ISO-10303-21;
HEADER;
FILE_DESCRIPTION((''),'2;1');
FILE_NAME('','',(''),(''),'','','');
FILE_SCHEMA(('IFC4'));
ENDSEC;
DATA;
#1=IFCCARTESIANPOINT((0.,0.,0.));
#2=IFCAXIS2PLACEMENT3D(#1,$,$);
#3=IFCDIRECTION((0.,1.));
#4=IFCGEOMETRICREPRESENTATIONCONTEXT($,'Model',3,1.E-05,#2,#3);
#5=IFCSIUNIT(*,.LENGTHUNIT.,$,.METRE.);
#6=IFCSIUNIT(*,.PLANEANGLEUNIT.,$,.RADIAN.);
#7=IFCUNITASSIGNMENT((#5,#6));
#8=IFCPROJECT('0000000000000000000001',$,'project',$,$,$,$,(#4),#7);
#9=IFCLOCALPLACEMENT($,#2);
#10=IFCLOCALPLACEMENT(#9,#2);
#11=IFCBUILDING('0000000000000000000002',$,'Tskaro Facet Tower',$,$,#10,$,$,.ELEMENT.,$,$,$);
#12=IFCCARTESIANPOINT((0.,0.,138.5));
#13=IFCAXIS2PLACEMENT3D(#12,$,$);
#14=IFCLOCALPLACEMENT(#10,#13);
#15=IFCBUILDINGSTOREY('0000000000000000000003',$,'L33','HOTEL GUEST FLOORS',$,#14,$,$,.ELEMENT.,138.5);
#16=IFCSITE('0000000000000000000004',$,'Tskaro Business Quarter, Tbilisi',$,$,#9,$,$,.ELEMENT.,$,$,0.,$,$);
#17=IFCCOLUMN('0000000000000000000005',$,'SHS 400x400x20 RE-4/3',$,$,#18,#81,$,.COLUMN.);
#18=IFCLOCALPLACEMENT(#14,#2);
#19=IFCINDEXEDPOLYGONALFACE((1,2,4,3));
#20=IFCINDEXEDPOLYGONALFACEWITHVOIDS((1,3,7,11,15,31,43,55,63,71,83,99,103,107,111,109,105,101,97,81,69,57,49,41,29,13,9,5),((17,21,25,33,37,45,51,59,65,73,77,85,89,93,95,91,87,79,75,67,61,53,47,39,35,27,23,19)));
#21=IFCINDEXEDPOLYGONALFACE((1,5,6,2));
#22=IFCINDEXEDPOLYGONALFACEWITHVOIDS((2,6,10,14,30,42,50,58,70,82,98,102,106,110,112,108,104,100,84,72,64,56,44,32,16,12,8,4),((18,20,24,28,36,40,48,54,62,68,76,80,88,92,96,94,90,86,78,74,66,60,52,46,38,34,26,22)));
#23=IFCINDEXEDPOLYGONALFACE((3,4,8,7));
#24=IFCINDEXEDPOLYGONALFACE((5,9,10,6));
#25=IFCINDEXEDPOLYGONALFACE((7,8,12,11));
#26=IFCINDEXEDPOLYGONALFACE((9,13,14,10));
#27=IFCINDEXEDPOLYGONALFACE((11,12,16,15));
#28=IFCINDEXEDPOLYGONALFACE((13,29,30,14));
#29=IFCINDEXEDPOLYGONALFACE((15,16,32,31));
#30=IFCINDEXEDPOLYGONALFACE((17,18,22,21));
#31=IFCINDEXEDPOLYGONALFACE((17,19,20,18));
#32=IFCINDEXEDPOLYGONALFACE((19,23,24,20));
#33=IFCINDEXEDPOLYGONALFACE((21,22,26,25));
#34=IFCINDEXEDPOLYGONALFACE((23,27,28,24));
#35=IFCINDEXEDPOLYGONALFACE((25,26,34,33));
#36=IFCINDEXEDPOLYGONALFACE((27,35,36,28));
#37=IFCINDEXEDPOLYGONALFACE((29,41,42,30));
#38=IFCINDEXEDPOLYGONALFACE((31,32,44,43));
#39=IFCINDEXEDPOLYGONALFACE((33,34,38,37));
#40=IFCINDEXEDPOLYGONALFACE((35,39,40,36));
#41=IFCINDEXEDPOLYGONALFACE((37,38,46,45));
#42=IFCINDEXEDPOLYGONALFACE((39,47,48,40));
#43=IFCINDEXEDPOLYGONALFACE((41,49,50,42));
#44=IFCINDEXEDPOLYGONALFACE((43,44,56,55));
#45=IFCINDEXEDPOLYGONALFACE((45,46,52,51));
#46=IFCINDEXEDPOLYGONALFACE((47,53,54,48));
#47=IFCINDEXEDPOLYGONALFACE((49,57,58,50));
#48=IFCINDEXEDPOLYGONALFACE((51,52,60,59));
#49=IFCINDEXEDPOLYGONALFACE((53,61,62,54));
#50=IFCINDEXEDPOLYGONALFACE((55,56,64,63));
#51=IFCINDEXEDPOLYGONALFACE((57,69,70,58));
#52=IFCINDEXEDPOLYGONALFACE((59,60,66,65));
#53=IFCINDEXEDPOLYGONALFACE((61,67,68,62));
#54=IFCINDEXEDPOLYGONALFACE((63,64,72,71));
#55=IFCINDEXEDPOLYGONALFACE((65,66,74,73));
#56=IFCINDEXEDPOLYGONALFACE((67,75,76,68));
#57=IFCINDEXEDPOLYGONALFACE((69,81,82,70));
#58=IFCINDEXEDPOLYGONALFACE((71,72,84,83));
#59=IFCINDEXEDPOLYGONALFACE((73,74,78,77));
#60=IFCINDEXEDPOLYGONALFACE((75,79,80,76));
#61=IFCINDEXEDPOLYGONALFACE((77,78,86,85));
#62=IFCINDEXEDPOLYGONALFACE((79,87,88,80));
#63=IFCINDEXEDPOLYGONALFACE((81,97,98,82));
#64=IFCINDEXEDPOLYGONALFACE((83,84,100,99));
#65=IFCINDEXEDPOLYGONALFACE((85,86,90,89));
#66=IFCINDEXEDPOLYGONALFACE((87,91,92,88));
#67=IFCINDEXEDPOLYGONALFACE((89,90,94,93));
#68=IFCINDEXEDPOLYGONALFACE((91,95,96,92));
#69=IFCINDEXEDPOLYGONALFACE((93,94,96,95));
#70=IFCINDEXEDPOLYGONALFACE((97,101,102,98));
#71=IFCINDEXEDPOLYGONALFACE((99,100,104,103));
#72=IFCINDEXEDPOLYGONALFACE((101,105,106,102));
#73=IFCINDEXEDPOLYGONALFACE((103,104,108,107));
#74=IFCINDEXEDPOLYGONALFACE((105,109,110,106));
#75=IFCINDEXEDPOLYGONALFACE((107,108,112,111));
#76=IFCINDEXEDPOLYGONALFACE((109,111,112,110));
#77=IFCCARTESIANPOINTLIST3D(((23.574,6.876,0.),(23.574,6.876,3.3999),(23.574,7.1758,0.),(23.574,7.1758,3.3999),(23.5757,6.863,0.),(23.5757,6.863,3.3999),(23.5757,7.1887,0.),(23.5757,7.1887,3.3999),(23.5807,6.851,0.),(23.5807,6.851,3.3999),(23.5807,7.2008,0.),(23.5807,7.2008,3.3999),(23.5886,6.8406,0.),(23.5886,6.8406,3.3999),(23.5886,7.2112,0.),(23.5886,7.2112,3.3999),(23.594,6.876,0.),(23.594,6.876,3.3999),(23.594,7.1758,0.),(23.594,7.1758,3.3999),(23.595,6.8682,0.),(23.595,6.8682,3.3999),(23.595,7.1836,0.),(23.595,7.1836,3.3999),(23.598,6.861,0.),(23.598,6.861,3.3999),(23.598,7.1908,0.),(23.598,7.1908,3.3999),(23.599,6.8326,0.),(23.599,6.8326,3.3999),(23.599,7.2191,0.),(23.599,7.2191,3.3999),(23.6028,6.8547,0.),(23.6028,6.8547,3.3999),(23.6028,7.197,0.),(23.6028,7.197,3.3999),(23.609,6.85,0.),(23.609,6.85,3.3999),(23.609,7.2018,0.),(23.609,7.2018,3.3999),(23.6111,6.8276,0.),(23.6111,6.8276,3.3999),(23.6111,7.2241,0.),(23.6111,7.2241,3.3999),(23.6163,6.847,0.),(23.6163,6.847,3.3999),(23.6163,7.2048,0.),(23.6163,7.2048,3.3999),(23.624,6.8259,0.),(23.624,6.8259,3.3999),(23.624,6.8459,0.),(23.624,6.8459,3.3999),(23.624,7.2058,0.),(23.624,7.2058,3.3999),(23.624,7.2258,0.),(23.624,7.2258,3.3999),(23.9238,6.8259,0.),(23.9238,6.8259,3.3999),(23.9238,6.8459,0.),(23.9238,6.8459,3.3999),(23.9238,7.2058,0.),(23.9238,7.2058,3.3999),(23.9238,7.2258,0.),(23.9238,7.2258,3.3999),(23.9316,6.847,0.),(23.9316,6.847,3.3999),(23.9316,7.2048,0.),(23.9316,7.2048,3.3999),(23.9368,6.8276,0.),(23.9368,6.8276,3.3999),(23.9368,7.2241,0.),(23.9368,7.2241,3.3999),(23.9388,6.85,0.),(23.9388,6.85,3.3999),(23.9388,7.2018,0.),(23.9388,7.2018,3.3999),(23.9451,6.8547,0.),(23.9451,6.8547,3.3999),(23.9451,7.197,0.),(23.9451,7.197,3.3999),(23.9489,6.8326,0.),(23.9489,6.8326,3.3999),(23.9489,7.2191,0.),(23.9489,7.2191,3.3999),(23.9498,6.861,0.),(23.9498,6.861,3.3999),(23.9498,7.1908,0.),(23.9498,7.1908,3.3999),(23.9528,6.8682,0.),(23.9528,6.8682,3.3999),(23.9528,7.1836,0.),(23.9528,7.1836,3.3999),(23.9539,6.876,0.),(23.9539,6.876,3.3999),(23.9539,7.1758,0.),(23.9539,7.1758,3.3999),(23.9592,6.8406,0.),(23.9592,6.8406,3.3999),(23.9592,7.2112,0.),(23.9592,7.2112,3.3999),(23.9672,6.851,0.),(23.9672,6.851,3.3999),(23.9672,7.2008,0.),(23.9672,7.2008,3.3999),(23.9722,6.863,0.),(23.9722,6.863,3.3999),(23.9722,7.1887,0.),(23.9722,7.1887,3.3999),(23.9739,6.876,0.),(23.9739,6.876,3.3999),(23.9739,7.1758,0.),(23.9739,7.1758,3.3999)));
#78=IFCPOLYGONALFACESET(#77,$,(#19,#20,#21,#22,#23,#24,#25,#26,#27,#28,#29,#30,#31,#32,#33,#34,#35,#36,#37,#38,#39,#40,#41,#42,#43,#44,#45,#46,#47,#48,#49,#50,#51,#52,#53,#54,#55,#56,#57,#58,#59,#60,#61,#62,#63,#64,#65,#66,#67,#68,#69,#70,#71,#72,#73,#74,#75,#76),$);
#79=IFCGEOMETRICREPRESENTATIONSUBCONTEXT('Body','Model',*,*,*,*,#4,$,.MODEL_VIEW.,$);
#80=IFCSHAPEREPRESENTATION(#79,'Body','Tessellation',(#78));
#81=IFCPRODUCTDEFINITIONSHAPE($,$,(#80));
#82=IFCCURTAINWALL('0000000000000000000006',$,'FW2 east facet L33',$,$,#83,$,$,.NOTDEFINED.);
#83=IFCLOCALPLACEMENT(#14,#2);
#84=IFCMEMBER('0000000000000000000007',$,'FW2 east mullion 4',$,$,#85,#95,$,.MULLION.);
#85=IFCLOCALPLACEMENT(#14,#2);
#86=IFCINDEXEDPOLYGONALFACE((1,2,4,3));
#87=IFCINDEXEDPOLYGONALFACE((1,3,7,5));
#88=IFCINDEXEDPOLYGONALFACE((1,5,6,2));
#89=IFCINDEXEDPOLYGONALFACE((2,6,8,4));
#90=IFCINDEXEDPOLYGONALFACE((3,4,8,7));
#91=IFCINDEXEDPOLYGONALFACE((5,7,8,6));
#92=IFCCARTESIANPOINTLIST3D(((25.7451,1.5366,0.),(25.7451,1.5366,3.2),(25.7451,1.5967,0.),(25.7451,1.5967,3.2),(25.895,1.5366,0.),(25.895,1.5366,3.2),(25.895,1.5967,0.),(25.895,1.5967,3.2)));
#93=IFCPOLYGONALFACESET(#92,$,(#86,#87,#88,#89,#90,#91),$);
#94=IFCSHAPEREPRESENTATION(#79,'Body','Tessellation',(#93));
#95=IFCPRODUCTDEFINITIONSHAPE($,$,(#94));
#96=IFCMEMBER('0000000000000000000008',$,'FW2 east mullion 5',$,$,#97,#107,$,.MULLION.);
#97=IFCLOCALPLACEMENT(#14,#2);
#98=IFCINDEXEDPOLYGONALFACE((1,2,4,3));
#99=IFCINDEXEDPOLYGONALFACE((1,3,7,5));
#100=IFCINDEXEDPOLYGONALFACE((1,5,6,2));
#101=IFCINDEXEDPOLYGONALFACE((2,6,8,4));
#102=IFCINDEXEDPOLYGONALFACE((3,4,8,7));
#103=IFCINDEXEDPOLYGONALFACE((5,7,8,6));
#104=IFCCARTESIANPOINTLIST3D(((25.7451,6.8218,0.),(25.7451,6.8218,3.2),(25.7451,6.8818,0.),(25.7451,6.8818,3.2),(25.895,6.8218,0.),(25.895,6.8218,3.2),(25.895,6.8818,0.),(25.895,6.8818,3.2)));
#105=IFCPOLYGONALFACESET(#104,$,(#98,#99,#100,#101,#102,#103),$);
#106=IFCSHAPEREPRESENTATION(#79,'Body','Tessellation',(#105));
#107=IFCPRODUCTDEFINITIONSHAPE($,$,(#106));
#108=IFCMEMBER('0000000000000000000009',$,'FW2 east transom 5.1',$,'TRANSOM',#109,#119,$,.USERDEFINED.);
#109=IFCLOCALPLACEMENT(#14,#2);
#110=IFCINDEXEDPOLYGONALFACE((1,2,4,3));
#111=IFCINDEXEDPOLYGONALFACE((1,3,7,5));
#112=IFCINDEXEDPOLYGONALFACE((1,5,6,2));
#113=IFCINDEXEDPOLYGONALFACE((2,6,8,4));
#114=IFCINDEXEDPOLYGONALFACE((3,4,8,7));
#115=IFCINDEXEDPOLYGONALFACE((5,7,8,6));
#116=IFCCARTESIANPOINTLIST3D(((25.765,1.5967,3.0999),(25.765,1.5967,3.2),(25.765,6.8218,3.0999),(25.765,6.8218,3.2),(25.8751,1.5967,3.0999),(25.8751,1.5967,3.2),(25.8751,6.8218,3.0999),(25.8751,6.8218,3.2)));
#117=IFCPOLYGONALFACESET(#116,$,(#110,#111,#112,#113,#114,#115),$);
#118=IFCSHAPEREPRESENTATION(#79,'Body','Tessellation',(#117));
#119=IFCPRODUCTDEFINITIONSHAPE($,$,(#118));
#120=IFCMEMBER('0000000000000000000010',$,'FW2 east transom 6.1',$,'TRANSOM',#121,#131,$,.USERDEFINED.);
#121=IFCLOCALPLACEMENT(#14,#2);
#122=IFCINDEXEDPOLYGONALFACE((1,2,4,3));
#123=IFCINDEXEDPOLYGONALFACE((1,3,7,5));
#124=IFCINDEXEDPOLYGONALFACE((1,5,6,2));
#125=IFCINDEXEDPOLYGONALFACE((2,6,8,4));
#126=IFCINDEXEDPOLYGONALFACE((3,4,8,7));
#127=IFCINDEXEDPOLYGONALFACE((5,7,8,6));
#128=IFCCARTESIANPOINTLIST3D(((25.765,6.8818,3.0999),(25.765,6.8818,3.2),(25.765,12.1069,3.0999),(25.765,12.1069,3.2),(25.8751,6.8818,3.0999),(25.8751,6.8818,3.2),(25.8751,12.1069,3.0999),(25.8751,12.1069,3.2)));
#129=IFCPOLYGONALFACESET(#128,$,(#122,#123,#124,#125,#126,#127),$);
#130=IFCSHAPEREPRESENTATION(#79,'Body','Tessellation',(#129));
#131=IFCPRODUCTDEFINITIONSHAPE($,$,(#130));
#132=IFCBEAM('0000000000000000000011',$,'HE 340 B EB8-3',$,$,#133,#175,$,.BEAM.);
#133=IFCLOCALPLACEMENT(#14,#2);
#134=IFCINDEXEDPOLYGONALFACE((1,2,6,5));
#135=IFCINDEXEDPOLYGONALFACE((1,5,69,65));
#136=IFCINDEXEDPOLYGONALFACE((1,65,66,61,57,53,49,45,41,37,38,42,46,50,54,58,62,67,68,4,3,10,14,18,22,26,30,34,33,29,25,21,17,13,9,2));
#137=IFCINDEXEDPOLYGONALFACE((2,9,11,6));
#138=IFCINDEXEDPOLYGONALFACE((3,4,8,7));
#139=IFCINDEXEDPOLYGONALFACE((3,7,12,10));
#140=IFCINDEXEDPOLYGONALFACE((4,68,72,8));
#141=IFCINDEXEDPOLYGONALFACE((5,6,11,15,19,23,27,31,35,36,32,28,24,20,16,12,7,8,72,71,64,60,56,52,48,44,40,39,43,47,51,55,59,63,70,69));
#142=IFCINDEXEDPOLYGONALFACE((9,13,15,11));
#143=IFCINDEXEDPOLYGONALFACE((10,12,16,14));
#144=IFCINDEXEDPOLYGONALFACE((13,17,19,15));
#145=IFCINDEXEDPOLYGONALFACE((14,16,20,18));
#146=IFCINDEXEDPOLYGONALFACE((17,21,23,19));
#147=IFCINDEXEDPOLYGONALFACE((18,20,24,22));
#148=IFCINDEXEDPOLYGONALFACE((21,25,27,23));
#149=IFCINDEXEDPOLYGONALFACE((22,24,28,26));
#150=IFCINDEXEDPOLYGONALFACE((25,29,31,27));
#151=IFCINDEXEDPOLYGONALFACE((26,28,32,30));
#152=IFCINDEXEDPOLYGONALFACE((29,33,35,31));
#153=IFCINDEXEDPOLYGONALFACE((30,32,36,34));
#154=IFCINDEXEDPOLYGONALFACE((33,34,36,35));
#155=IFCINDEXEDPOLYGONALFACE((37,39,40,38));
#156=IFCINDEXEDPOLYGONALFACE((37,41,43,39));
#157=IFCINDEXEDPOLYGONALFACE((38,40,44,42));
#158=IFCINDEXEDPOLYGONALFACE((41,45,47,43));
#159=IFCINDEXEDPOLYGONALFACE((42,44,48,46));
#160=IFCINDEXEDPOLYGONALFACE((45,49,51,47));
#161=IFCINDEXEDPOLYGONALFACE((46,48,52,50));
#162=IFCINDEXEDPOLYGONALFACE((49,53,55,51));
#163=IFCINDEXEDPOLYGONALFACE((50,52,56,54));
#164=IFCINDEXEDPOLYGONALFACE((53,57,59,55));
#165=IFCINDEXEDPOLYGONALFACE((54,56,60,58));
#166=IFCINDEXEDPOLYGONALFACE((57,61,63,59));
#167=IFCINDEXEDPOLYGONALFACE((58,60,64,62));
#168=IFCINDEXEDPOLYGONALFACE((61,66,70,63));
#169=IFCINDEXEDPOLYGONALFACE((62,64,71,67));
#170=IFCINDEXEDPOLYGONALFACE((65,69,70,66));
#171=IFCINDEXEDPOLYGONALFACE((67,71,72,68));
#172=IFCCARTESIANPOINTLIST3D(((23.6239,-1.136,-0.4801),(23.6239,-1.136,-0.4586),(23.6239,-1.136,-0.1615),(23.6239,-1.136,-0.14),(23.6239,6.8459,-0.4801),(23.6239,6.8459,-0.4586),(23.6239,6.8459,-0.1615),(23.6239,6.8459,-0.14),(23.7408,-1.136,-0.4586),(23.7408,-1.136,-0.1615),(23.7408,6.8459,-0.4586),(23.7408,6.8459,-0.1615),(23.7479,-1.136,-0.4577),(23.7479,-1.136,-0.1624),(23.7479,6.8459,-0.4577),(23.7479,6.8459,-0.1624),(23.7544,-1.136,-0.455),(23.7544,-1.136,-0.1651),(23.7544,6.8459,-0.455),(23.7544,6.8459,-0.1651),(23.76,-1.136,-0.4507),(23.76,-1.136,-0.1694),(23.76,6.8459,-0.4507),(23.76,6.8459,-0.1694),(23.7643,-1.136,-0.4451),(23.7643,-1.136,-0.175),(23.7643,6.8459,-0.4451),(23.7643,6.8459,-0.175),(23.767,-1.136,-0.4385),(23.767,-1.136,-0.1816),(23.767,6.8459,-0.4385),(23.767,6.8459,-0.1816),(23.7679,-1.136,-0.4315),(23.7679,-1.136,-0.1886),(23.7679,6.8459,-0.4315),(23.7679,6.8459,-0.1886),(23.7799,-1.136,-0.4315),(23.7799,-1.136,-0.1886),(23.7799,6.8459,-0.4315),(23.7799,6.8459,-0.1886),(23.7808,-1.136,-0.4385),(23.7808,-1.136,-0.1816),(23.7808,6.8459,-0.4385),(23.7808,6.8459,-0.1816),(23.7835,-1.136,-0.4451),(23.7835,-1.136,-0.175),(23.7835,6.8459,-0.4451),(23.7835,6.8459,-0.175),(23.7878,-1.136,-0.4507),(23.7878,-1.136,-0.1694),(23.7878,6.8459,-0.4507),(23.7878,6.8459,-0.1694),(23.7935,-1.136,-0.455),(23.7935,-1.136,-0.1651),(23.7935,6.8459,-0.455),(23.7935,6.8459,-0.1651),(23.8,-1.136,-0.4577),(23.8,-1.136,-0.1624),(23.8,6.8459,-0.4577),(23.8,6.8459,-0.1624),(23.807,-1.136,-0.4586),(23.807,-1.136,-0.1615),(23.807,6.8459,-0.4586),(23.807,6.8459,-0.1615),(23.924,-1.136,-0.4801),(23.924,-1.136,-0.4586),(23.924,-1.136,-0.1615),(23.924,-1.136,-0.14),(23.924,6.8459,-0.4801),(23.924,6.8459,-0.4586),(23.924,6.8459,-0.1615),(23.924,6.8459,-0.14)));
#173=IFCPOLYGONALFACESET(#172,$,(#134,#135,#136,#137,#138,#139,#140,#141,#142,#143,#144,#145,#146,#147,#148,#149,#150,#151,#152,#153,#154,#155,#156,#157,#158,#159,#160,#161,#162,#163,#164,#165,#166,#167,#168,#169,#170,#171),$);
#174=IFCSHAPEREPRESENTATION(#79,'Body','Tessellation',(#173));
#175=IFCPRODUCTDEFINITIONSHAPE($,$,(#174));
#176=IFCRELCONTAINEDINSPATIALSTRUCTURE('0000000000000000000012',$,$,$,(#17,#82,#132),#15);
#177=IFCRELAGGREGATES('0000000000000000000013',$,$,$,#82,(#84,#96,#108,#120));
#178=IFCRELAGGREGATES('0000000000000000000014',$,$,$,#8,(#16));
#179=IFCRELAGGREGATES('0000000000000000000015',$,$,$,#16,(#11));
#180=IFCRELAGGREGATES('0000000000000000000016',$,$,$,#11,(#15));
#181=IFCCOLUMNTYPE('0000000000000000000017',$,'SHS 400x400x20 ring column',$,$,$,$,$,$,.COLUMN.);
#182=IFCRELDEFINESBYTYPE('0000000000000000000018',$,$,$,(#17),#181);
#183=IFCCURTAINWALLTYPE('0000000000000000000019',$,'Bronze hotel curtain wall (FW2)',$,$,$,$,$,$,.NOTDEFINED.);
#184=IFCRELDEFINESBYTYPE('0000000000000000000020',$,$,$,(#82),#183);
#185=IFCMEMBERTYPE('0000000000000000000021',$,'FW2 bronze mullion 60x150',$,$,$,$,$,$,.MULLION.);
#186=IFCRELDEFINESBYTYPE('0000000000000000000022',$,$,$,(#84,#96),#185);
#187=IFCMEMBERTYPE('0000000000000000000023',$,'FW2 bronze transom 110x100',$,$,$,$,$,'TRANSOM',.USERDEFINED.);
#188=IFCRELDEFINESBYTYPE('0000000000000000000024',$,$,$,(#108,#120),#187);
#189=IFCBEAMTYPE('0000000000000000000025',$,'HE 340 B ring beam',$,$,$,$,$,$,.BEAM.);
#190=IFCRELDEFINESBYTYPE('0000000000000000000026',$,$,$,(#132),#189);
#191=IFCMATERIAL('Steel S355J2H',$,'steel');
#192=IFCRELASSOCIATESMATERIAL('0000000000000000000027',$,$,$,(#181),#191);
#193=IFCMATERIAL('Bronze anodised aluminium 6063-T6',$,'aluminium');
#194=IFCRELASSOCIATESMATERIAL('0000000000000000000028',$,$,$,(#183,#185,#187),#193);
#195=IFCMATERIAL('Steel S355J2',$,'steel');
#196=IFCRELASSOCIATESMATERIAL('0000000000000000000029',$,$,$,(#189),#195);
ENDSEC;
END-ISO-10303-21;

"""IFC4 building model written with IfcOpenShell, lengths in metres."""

from ifc_helpers import new_model, si_unit, direction, frame, origin, origin_2d, place, context, subcontext, project, spatial, rectangle, hollow_rectangle, i_section, extrude, material, material_profile, profile_set, type_object, element, aggregate, save


model = new_model("IFC4")

# Units and contexts
model_context = context("Model", 3, precision=1e-05, world=origin(), true_north=direction((0.0, 1.0)))
body_context = subcontext(model_context, "Body", "Model", "MODEL_VIEW")
ifc_project = project(units=[si_unit("LENGTHUNIT", "METRE"), si_unit("PLANEANGLEUNIT", "RADIAN")], contexts=[model_context])

# Site, building, storey
site_placement = place(None, origin())
site = spatial("IfcSite", under=ifc_project, at=site_placement, Name="Tskaro Business Quarter, Tbilisi", CompositionType="ELEMENT", RefElevation=0.0)
building_placement = place(site_placement, origin())
building = spatial("IfcBuilding", under=site, at=building_placement, Name="Tskaro Facet Tower", CompositionType="ELEMENT")
storey_placement = place(building_placement, frame((0.0, 0.0, 138.5)))
storey = spatial("IfcBuildingStorey", under=building, at=storey_placement, Name="L33", Description="HOTEL GUEST FLOORS", CompositionType="ELEMENT", Elevation=138.5)

# Column
ifc_material_1 = material(Name="Steel S355J2H", Category="steel")
ifc_material_profile_1 = material_profile(ifc_material_1, hollow_rectangle(XDim=0.3999, YDim=0.3999, WallThickness=0.02, InnerFilletRadius=0.03, OuterFilletRadius=0.05, at=origin_2d()), Name="SHS 400x400x20")
ifc_profile_set_1 = profile_set([ifc_material_profile_1], Name="Steel S355J2H")
column_type_1 = type_object("IfcColumnType", Name="SHS 400x400x20 ring column", PredefinedType="COLUMN", material=ifc_profile_set_1)
for number, where, z_axis, x_axis, name in (
    (1, (23.7739, 7.0259, 0.0), (0.0, 0.0, 1.0), (1.0, 0.0, 0.0), "SHS 400x400x20 RE-4/3"),
):
    element("IfcColumn", number, at=place(storey_placement, frame(where, z_axis=z_axis, x_axis=x_axis)), inside=storey, type_object=column_type_1, Name=name, PredefinedType="COLUMN", context=body_context, shape_type="SweptSolid", body=[
        extrude(hollow_rectangle(XDim=0.3999, YDim=0.3999, WallThickness=0.02, InnerFilletRadius=0.03, OuterFilletRadius=0.05, at=origin_2d()), origin(), (0.0, 0.0, 1.0), 3.3999),
    ])

# Curtain wall, members
ifc_material_2 = material(Name="Bronze anodised aluminium 6063-T6", Category="aluminium")
curtain_wall_type = type_object("IfcCurtainWallType", Name="Bronze hotel curtain wall (FW2)", PredefinedType="NOTDEFINED", material=ifc_material_2)
curtain_wall_placement = place(storey_placement, origin())
curtain_wall = element("IfcCurtainWall", 2, at=curtain_wall_placement, inside=storey, type_object=curtain_wall_type, Name="FW2 east facet L33", PredefinedType="NOTDEFINED")
ifc_material_profile_2 = material_profile(ifc_material_2, rectangle(XDim=0.0601, YDim=0.1499, at=origin_2d()), Name="Mullion 60x150")
ifc_profile_set_2 = profile_set([ifc_material_profile_2], Name="Bronze anodised aluminium 6063-T6")
member_type_1 = type_object("IfcMemberType", Name="FW2 bronze mullion 60x150", PredefinedType="MULLION", material=ifc_profile_set_2)
member_1_placement = place(storey_placement, frame((25.8201, 1.5667, 0.0), z_axis=(0.0, 0.0, 1.0), x_axis=(0.0, 1.0, 0.0)))
member_1 = element("IfcMember", 3, at=member_1_placement, type_object=member_type_1, Name="FW2 east mullion 4", PredefinedType="MULLION", context=body_context, shape_type="SweptSolid", body=[
    extrude(rectangle(XDim=0.0601, YDim=0.1499, at=origin_2d()), origin(), (0.0, 0.0, 1.0), 3.2),
])
member_2_placement = place(storey_placement, frame((25.8201, 6.8518, 0.0), z_axis=(0.0, 0.0, 1.0), x_axis=(0.0, 1.0, 0.0)))
member_2 = element("IfcMember", 4, at=member_2_placement, type_object=member_type_1, Name="FW2 east mullion 5", PredefinedType="MULLION", context=body_context, shape_type="SweptSolid", body=[
    extrude(rectangle(XDim=0.0601, YDim=0.1499, at=origin_2d()), origin(), (0.0, 0.0, 1.0), 3.2),
])
ifc_material_profile_3 = material_profile(ifc_material_2, rectangle(XDim=0.1101, YDim=0.1001, at=origin_2d()), Name="Transom 110x100")
ifc_profile_set_3 = profile_set([ifc_material_profile_3], Name="Bronze anodised aluminium 6063-T6")
member_type_2 = type_object("IfcMemberType", Name="FW2 bronze transom 110x100", ElementType="TRANSOM", PredefinedType="USERDEFINED", material=ifc_profile_set_3)
member_3_placement = place(storey_placement, frame((25.8201, 1.5967, 3.1499), z_axis=(0.0, 1.0, 0.0), x_axis=(-1.0, 0.0, 0.0)))
member_3 = element("IfcMember", 5, at=member_3_placement, type_object=member_type_2, Name="FW2 east transom 5.1", ObjectType="TRANSOM", PredefinedType="USERDEFINED", context=body_context, shape_type="SweptSolid", body=[
    extrude(rectangle(XDim=0.1101, YDim=0.1001, at=origin_2d()), origin(), (0.0, 0.0, 1.0), 5.2251),
])
member_4_placement = place(storey_placement, frame((25.8201, 6.8818, 3.1499), z_axis=(0.0, 1.0, 0.0), x_axis=(-1.0, 0.0, 0.0)))
member_4 = element("IfcMember", 6, at=member_4_placement, type_object=member_type_2, Name="FW2 east transom 6.1", ObjectType="TRANSOM", PredefinedType="USERDEFINED", context=body_context, shape_type="SweptSolid", body=[
    extrude(rectangle(XDim=0.1101, YDim=0.1001, at=origin_2d()), origin(), (0.0, 0.0, 1.0), 5.2251),
])

# Beam
ifc_material_3 = material(Name="Steel S355J2", Category="steel")
ifc_material_profile_4 = material_profile(ifc_material_3, i_section(OverallWidth=0.3, OverallDepth=0.3401, WebThickness=0.012, FlangeThickness=0.0215, FilletRadius=0.0271, at=origin_2d()), Name="HE 340 B")
ifc_profile_set_4 = profile_set([ifc_material_profile_4], Name="Steel S355J2")
beam_type_1 = type_object("IfcBeamType", Name="HE 340 B ring beam", PredefinedType="BEAM", material=ifc_profile_set_4)
for number, where, z_axis, x_axis, name in (
    (7, (23.7739, -1.136, -0.3101), (0.0, 1.0, 0.0), (-1.0, 0.0, 0.0), "HE 340 B EB8-3"),
):
    element("IfcBeam", number, at=place(storey_placement, frame(where, z_axis=z_axis, x_axis=x_axis)), inside=storey, type_object=beam_type_1, Name=name, PredefinedType="BEAM", context=body_context, shape_type="SweptSolid", body=[
        extrude(i_section(OverallWidth=0.3, OverallDepth=0.3401, WebThickness=0.012, FlangeThickness=0.0215, FilletRadius=0.0271, at=origin_2d()), origin(), (0.0, 0.0, 1.0), 7.9819),
    ])

aggregate(curtain_wall, [member_1, member_2, member_3, member_4])

save(model, "model.ifc")
